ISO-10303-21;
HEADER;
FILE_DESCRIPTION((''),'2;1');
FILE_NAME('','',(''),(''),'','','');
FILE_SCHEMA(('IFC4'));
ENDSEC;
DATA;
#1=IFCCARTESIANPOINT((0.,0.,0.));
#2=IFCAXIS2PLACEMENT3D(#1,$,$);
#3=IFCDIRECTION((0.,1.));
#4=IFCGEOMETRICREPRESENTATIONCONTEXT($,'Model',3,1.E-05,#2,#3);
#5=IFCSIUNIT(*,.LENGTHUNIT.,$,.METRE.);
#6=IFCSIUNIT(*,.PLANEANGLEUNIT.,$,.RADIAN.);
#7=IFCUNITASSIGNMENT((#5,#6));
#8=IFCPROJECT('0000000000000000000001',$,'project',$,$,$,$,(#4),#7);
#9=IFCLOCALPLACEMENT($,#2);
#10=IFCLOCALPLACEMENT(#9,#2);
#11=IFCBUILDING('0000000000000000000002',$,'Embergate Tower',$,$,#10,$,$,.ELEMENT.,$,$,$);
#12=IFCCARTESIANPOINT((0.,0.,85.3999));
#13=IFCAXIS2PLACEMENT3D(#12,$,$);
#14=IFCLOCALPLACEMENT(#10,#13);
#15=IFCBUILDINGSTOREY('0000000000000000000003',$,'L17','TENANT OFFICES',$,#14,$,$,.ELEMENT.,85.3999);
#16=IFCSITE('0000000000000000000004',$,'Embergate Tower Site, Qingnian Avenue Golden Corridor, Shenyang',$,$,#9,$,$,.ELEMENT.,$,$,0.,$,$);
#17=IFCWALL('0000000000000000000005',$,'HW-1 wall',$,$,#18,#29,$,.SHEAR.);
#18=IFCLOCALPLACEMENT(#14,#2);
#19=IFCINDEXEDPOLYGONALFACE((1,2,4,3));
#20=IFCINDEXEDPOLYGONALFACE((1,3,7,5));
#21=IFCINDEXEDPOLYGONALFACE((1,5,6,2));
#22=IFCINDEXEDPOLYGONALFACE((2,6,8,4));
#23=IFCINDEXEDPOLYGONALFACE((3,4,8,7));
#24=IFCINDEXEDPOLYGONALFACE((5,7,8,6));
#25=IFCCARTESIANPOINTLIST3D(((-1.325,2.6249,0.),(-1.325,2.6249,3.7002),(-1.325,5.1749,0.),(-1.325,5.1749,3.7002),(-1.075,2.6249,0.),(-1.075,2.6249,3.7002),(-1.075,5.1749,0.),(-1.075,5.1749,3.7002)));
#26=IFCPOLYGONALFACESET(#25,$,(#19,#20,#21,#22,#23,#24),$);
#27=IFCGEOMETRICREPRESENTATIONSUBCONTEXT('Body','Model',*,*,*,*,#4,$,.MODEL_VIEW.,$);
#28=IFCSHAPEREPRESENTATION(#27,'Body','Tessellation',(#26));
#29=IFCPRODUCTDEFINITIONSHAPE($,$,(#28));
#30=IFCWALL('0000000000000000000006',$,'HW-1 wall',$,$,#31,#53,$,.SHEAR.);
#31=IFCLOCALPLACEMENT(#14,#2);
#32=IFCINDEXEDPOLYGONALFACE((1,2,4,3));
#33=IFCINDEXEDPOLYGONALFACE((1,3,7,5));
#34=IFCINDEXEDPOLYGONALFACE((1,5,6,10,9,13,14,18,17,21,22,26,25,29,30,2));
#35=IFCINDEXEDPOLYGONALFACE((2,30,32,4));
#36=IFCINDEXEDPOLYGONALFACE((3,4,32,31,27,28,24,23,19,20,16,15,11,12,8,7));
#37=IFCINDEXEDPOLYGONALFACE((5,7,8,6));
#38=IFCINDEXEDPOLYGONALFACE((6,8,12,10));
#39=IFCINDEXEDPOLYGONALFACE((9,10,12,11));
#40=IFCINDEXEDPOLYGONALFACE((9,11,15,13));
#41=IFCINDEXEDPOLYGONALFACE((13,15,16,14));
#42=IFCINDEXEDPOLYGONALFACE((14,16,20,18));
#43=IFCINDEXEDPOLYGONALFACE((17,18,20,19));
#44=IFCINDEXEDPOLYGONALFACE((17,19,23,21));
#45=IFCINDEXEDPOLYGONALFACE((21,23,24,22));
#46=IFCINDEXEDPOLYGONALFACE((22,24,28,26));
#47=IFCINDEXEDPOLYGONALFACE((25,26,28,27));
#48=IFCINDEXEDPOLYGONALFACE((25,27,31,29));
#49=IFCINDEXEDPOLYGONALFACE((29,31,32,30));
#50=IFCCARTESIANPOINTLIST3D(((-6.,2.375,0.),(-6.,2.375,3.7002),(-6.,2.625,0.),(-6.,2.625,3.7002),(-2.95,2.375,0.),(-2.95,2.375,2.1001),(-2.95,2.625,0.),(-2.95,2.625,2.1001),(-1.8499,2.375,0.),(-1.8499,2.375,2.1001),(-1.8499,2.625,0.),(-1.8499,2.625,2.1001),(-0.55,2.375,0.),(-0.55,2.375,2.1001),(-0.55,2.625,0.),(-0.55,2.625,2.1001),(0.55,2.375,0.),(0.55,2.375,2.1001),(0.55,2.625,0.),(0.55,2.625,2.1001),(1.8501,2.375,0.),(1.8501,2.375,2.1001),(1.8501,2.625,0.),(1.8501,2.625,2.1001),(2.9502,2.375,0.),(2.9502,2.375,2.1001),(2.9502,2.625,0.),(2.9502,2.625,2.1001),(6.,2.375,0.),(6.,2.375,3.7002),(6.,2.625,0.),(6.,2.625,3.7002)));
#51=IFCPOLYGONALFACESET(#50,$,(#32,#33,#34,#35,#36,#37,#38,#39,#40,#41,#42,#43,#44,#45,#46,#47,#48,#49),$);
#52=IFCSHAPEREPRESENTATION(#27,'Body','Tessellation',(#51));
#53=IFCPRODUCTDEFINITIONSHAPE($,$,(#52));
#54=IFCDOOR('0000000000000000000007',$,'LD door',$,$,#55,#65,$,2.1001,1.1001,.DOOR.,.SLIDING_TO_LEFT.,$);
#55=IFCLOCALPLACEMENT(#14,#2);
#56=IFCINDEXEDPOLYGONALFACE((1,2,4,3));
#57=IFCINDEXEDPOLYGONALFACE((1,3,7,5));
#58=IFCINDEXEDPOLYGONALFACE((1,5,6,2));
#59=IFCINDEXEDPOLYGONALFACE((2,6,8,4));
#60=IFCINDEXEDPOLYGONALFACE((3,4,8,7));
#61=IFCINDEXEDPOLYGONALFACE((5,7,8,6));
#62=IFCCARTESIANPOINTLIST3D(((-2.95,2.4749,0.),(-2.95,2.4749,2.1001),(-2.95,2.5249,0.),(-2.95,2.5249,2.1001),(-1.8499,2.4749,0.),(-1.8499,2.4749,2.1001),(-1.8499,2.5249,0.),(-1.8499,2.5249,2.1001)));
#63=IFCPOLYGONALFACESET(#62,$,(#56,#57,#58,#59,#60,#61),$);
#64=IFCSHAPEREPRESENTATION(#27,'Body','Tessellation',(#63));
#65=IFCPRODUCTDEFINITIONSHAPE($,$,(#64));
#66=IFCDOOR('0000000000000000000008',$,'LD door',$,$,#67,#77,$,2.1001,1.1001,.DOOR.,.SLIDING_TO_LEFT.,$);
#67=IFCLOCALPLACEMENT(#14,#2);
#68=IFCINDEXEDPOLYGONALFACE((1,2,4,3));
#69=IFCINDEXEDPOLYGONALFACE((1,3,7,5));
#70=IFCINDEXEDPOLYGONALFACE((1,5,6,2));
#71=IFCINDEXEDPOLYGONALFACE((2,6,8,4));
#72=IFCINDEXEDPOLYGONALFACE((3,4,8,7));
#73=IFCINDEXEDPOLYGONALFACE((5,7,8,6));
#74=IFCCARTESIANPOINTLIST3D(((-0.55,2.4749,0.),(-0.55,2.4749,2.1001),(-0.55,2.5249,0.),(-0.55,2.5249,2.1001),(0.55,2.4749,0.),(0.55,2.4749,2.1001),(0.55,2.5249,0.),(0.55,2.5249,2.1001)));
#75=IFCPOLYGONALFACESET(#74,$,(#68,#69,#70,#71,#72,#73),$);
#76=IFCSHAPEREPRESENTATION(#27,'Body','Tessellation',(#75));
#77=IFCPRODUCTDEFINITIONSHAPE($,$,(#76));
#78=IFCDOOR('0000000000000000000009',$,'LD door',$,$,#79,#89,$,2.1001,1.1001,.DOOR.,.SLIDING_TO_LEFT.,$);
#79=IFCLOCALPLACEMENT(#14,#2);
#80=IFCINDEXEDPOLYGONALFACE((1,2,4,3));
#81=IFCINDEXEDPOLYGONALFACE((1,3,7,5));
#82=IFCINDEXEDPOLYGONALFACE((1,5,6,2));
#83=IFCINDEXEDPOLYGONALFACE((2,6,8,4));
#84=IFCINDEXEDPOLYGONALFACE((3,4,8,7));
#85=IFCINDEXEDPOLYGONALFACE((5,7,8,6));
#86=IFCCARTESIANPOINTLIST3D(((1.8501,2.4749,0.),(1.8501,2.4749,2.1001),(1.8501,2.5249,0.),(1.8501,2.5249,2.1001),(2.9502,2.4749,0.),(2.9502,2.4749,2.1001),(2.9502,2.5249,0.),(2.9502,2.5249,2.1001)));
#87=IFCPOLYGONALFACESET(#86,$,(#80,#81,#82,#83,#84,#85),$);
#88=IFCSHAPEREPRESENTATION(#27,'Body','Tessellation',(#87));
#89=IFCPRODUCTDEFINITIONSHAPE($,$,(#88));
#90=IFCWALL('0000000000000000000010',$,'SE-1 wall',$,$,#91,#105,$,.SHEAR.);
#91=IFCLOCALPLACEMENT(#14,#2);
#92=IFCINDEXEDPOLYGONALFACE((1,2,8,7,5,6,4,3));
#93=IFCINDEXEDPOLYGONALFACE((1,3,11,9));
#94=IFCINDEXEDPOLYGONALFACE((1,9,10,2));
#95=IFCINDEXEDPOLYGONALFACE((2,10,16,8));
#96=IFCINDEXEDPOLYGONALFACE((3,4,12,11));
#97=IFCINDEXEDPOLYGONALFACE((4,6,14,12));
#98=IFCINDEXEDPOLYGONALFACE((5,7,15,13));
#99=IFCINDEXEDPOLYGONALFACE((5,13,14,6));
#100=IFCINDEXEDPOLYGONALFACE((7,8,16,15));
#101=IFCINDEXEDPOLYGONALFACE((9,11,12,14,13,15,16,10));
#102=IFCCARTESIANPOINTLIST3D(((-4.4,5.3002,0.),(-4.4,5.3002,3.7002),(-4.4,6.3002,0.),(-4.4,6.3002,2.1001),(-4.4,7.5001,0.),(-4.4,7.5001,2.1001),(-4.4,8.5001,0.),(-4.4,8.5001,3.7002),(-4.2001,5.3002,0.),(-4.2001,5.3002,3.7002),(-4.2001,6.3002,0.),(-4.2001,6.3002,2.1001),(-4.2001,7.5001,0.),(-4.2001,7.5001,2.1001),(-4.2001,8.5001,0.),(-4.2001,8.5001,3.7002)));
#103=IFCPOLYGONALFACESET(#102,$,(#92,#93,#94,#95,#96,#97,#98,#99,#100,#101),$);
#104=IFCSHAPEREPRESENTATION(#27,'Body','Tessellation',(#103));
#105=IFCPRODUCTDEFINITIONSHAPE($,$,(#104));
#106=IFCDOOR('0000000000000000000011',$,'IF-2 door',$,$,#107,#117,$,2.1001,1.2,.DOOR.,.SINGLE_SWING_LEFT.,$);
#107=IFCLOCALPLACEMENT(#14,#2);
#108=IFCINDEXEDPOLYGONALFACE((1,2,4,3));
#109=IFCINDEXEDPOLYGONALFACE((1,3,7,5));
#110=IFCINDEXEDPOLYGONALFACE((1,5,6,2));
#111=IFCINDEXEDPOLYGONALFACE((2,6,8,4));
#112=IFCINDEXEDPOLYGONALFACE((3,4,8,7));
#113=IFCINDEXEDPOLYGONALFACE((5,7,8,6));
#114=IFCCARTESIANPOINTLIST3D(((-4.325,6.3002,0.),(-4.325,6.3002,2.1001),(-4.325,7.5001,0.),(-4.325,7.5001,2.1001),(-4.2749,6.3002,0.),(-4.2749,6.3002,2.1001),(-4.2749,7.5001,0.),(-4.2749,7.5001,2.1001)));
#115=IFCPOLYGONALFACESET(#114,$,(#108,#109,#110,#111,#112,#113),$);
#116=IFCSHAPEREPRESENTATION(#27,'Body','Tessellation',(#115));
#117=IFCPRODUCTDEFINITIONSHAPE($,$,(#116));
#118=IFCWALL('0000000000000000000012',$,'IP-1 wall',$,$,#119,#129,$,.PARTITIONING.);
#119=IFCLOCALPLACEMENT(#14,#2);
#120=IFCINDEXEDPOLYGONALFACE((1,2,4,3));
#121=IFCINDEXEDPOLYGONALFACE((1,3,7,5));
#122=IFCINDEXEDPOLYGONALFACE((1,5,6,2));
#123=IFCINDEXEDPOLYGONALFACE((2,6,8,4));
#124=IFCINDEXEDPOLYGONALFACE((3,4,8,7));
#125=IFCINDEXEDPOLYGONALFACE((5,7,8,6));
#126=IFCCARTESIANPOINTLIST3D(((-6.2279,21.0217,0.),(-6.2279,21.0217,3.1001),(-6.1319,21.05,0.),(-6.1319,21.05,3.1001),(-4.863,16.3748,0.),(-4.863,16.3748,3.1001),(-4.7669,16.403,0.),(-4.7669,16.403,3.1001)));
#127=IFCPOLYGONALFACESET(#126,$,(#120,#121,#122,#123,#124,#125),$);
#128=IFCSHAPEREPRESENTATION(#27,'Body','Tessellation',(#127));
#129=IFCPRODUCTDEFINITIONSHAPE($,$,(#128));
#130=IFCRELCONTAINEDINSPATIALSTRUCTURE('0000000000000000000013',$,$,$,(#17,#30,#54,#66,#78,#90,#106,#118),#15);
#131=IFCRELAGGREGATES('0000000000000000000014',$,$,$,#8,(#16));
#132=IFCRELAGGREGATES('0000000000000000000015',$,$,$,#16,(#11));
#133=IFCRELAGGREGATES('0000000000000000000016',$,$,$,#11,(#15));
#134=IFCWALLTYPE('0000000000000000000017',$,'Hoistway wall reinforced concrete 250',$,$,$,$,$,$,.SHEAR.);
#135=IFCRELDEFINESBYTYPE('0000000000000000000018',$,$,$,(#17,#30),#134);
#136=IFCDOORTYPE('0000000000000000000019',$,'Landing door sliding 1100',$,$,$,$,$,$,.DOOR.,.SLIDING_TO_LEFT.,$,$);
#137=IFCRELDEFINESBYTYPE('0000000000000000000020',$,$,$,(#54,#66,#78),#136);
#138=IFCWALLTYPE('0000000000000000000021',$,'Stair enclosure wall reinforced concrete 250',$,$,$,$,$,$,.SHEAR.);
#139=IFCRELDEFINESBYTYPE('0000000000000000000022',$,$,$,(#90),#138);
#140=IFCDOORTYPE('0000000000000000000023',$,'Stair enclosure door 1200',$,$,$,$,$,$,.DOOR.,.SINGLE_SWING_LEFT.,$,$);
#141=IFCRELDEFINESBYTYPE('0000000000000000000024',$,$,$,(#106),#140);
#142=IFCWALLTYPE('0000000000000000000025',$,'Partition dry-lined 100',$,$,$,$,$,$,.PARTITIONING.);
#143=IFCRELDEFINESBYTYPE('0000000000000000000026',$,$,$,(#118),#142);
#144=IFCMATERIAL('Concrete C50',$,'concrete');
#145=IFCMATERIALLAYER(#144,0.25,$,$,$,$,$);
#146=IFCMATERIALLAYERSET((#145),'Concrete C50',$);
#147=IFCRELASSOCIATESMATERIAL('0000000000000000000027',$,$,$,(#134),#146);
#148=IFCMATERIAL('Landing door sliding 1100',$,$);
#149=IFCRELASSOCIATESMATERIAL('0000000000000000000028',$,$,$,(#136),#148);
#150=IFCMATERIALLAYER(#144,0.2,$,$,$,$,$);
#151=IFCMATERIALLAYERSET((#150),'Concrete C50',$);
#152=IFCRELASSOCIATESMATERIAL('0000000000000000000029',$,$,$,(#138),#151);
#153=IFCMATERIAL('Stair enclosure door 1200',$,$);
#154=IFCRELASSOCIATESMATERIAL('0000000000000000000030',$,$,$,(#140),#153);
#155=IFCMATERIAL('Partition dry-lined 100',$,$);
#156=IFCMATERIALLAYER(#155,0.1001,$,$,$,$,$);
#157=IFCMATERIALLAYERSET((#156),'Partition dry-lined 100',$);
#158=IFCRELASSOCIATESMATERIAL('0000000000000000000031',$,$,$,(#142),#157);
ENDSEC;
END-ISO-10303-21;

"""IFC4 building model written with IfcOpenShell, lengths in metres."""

from ifc_helpers import new_model, si_unit, direction, frame, frame_2d, origin, place, context, subcontext, project, spatial, rectangle, extrude, source, transform, mapped, material, layer, layer_set, type_object, element, fill, save


model = new_model("IFC4")

# Units and contexts
model_context = context("Model", 3, precision=1e-05, world=origin(), true_north=direction((0.0, 1.0)))
body_context = subcontext(model_context, "Body", "Model", "MODEL_VIEW")
ifc_project = project(units=[si_unit("LENGTHUNIT", "METRE"), si_unit("PLANEANGLEUNIT", "RADIAN")], contexts=[model_context])

# Site, building, storey
site_placement = place(None, origin())
site = spatial("IfcSite", under=ifc_project, at=site_placement, Name="Embergate Tower Site, Qingnian Avenue Golden Corridor, Shenyang", CompositionType="ELEMENT", RefElevation=0.0)
building_placement = place(site_placement, origin())
building = spatial("IfcBuilding", under=site, at=building_placement, Name="Embergate Tower", CompositionType="ELEMENT")
storey_placement = place(building_placement, frame((0.0, 0.0, 85.3999)))
storey = spatial("IfcBuildingStorey", under=building, at=storey_placement, Name="L17", Description="TENANT OFFICES", CompositionType="ELEMENT", Elevation=85.3999)

# Shared definitions
shared_shape_1 = source(origin(), body_context, "Body", "SweptSolid", [
    extrude(rectangle(XDim=1.2, YDim=2.1001, at=frame_2d((0.6001, 1.05))), frame((0.0, 0.0249, 0.0), z_axis=(0.0, -1.0, 0.0), x_axis=(1.0, 0.0, 0.0)), (0.0, 0.0, 1.0), 0.05),
])

# Shared definitions
ifc_material_1 = material(Name="Concrete C50", Category="concrete")
ifc_layer_1 = layer(ifc_material_1, 0.25)
ifc_layer_set_1 = layer_set([ifc_layer_1], Name="Concrete C50")
wall_type_1 = type_object("IfcWallType", Name="Hoistway wall reinforced concrete 250", PredefinedType="SHEAR", material=ifc_layer_set_1)

# Shared definitions
shared_shape_2 = source(origin(), body_context, "Body", "SweptSolid", [
    extrude(rectangle(XDim=1.1001, YDim=2.1001, at=frame_2d((0.55, 1.05))), frame((0.0, 0.135, 0.0), z_axis=(0.0, -1.0, 0.0), x_axis=(1.0, 0.0, 0.0)), (0.0, 0.0, 1.0), 0.27),
])
ifc_material_2 = material(Name="Landing door sliding 1100")
door_type_1 = type_object("IfcDoorType", Name="Landing door sliding 1100", OperationType="SLIDING_TO_LEFT", PredefinedType="DOOR", material=ifc_material_2)
shared_shape_3 = source(origin(), body_context, "Body", "SweptSolid", [
    extrude(rectangle(XDim=1.1001, YDim=2.1001, at=frame_2d((0.55, 1.05))), frame((0.0, 0.0249, 0.0), z_axis=(0.0, -1.0, 0.0), x_axis=(1.0, 0.0, 0.0)), (0.0, 0.0, 1.0), 0.05),
])

# Wall
ifc_layer_2 = layer(ifc_material_1, 0.2)
ifc_layer_set_2 = layer_set([ifc_layer_2], Name="Concrete C50")
wall_type_2 = type_object("IfcWallType", Name="Stair enclosure wall reinforced concrete 250", PredefinedType="SHEAR", material=ifc_layer_set_2)
shared_shape_4 = source(origin(), body_context, "Body", "SweptSolid", [
    extrude(rectangle(XDim=2.55, YDim=0.25, at=frame_2d((1.2749, 0.0))), origin(), (0.0, 0.0, 1.0), 3.7002),
])
for number, where, z_axis, x_axis, name in (
    (1, (-1.2, 2.625, 0.0), (0.0, 0.0, 1.0), (0.0, 1.0, 0.0), "HW-1 wall"),
):
    element("IfcWall", number, at=place(storey_placement, frame(where, z_axis=z_axis, x_axis=x_axis)), inside=storey, type_object=wall_type_1, Name=name, PredefinedType="SHEAR", context=body_context, shape_type="MappedRepresentation", body=[
        mapped(shared_shape_4, transform((0.0, 0.0, 0.0))),
    ])

# Wall, openings, doors
shared_shape_5 = source(origin(), body_context, "Body", "SweptSolid", [
    extrude(rectangle(XDim=12.0, YDim=0.25, at=frame_2d((6.0, 0.0))), origin(), (0.0, 0.0, 1.0), 3.7002),
])
wall_1_placement = place(storey_placement, frame((-6.0, 2.5, 0.0), z_axis=(0.0, 0.0, 1.0), x_axis=(1.0, 0.0, 0.0)))
wall_1 = element("IfcWall", 2, at=wall_1_placement, inside=storey, type_object=wall_type_1, Name="HW-1 wall", PredefinedType="SHEAR", context=body_context, shape_type="MappedRepresentation", body=[
    mapped(shared_shape_5, transform((0.0, 0.0, 0.0))),
])
opening_1_placement = place(wall_1_placement, frame((3.05, 0.0, 0.0)))
opening_1 = element("IfcOpeningElement", 3, at=opening_1_placement, cuts=wall_1, PredefinedType="OPENING", context=body_context, shape_type="MappedRepresentation", body=[
    mapped(shared_shape_2, transform((0.0, 0.0, 0.0))),
])
opening_2_placement = place(wall_1_placement, frame((5.45, 0.0, 0.0)))
opening_2 = element("IfcOpeningElement", 4, at=opening_2_placement, cuts=wall_1, PredefinedType="OPENING", context=body_context, shape_type="MappedRepresentation", body=[
    mapped(shared_shape_2, transform((0.0, 0.0, 0.0))),
])
opening_3_placement = place(wall_1_placement, frame((7.8501, 0.0, 0.0)))
opening_3 = element("IfcOpeningElement", 5, at=opening_3_placement, cuts=wall_1, PredefinedType="OPENING", context=body_context, shape_type="MappedRepresentation", body=[
    mapped(shared_shape_2, transform((0.0, 0.0, 0.0))),
])
door_1_placement = place(opening_1_placement, origin())
door_1 = element("IfcDoor", 6, at=door_1_placement, inside=storey, type_object=door_type_1, Name="LD door", OperationType="SLIDING_TO_LEFT", OverallHeight=2.1001, OverallWidth=1.1001, PredefinedType="DOOR", context=body_context, shape_type="MappedRepresentation", body=[
    mapped(shared_shape_3, transform((0.0, 0.0, 0.0))),
])
fill(opening_1, door_1)
door_2_placement = place(opening_2_placement, origin())
door_2 = element("IfcDoor", 7, at=door_2_placement, inside=storey, type_object=door_type_1, Name="LD door", OperationType="SLIDING_TO_LEFT", OverallHeight=2.1001, OverallWidth=1.1001, PredefinedType="DOOR", context=body_context, shape_type="MappedRepresentation", body=[
    mapped(shared_shape_3, transform((0.0, 0.0, 0.0))),
])
fill(opening_2, door_2)
door_3_placement = place(opening_3_placement, origin())
door_3 = element("IfcDoor", 8, at=door_3_placement, inside=storey, type_object=door_type_1, Name="LD door", OperationType="SLIDING_TO_LEFT", OverallHeight=2.1001, OverallWidth=1.1001, PredefinedType="DOOR", context=body_context, shape_type="MappedRepresentation", body=[
    mapped(shared_shape_3, transform((0.0, 0.0, 0.0))),
])
fill(opening_3, door_3)

# Wall, opening, door
shared_shape_6 = source(origin(), body_context, "Body", "SweptSolid", [
    extrude(rectangle(XDim=3.2, YDim=0.2, at=frame_2d((1.6001, 0.0))), origin(), (0.0, 0.0, 1.0), 3.7002),
])
wall_2_placement = place(storey_placement, frame((-4.3, 5.3, 0.0), z_axis=(0.0, 0.0, 1.0), x_axis=(0.0, 1.0, 0.0)))
wall_2 = element("IfcWall", 9, at=wall_2_placement, inside=storey, type_object=wall_type_2, Name="SE-1 wall", PredefinedType="SHEAR", context=body_context, shape_type="MappedRepresentation", body=[
    mapped(shared_shape_6, transform((0.0, 0.0, 0.0))),
])
shared_shape_7 = source(origin(), body_context, "Body", "SweptSolid", [
    extrude(rectangle(XDim=1.2, YDim=2.1001, at=frame_2d((0.6001, 1.05))), frame((0.0, 0.1099, 0.0), z_axis=(0.0, -1.0, 0.0), x_axis=(1.0, 0.0, 0.0)), (0.0, 0.0, 1.0), 0.22),
])
opening_4_placement = place(wall_2_placement, frame((1.0, 0.0, 0.0)))
opening_4 = element("IfcOpeningElement", 10, at=opening_4_placement, cuts=wall_2, PredefinedType="OPENING", context=body_context, shape_type="MappedRepresentation", body=[
    mapped(shared_shape_7, transform((0.0, 0.0, 0.0))),
])
ifc_material_3 = material(Name="Stair enclosure door 1200")
door_type_2 = type_object("IfcDoorType", Name="Stair enclosure door 1200", OperationType="SINGLE_SWING_LEFT", PredefinedType="DOOR", material=ifc_material_3)
door_4_placement = place(opening_4_placement, origin())
door_4 = element("IfcDoor", 11, at=door_4_placement, inside=storey, type_object=door_type_2, Name="IF-2 door", OperationType="SINGLE_SWING_LEFT", OverallHeight=2.1001, OverallWidth=1.2, PredefinedType="DOOR", context=body_context, shape_type="MappedRepresentation", body=[
    mapped(shared_shape_1, transform((0.0, 0.0, 0.0))),
])
fill(opening_4, door_4)

# Wall
ifc_material_4 = material(Name="Partition dry-lined 100")
ifc_layer_3 = layer(ifc_material_4, 0.1001)
ifc_layer_set_3 = layer_set([ifc_layer_3], Name="Partition dry-lined 100")
wall_type_3 = type_object("IfcWallType", Name="Partition dry-lined 100", PredefinedType="PARTITIONING", material=ifc_layer_set_3)
shared_shape_8 = source(origin(), body_context, "Body", "SweptSolid", [
    extrude(rectangle(XDim=4.8433, YDim=0.1001, at=frame_2d((2.4216, 0.0))), origin(), (0.0, 0.0, 1.0), 3.1001),
])
wall_3_placement = place(storey_placement, frame((-4.8149, 16.3889, 0.0), z_axis=(0.0, 0.0, 1.0), x_axis=(-0.281831, 0.959464, 0.0)))
element("IfcWall", 12, at=wall_3_placement, inside=storey, type_object=wall_type_3, Name="IP-1 wall", PredefinedType="PARTITIONING", context=body_context, shape_type="MappedRepresentation", body=[
    mapped(shared_shape_8, transform((0.0, 0.0, 0.0))),
])

save(model, "model.ifc")
